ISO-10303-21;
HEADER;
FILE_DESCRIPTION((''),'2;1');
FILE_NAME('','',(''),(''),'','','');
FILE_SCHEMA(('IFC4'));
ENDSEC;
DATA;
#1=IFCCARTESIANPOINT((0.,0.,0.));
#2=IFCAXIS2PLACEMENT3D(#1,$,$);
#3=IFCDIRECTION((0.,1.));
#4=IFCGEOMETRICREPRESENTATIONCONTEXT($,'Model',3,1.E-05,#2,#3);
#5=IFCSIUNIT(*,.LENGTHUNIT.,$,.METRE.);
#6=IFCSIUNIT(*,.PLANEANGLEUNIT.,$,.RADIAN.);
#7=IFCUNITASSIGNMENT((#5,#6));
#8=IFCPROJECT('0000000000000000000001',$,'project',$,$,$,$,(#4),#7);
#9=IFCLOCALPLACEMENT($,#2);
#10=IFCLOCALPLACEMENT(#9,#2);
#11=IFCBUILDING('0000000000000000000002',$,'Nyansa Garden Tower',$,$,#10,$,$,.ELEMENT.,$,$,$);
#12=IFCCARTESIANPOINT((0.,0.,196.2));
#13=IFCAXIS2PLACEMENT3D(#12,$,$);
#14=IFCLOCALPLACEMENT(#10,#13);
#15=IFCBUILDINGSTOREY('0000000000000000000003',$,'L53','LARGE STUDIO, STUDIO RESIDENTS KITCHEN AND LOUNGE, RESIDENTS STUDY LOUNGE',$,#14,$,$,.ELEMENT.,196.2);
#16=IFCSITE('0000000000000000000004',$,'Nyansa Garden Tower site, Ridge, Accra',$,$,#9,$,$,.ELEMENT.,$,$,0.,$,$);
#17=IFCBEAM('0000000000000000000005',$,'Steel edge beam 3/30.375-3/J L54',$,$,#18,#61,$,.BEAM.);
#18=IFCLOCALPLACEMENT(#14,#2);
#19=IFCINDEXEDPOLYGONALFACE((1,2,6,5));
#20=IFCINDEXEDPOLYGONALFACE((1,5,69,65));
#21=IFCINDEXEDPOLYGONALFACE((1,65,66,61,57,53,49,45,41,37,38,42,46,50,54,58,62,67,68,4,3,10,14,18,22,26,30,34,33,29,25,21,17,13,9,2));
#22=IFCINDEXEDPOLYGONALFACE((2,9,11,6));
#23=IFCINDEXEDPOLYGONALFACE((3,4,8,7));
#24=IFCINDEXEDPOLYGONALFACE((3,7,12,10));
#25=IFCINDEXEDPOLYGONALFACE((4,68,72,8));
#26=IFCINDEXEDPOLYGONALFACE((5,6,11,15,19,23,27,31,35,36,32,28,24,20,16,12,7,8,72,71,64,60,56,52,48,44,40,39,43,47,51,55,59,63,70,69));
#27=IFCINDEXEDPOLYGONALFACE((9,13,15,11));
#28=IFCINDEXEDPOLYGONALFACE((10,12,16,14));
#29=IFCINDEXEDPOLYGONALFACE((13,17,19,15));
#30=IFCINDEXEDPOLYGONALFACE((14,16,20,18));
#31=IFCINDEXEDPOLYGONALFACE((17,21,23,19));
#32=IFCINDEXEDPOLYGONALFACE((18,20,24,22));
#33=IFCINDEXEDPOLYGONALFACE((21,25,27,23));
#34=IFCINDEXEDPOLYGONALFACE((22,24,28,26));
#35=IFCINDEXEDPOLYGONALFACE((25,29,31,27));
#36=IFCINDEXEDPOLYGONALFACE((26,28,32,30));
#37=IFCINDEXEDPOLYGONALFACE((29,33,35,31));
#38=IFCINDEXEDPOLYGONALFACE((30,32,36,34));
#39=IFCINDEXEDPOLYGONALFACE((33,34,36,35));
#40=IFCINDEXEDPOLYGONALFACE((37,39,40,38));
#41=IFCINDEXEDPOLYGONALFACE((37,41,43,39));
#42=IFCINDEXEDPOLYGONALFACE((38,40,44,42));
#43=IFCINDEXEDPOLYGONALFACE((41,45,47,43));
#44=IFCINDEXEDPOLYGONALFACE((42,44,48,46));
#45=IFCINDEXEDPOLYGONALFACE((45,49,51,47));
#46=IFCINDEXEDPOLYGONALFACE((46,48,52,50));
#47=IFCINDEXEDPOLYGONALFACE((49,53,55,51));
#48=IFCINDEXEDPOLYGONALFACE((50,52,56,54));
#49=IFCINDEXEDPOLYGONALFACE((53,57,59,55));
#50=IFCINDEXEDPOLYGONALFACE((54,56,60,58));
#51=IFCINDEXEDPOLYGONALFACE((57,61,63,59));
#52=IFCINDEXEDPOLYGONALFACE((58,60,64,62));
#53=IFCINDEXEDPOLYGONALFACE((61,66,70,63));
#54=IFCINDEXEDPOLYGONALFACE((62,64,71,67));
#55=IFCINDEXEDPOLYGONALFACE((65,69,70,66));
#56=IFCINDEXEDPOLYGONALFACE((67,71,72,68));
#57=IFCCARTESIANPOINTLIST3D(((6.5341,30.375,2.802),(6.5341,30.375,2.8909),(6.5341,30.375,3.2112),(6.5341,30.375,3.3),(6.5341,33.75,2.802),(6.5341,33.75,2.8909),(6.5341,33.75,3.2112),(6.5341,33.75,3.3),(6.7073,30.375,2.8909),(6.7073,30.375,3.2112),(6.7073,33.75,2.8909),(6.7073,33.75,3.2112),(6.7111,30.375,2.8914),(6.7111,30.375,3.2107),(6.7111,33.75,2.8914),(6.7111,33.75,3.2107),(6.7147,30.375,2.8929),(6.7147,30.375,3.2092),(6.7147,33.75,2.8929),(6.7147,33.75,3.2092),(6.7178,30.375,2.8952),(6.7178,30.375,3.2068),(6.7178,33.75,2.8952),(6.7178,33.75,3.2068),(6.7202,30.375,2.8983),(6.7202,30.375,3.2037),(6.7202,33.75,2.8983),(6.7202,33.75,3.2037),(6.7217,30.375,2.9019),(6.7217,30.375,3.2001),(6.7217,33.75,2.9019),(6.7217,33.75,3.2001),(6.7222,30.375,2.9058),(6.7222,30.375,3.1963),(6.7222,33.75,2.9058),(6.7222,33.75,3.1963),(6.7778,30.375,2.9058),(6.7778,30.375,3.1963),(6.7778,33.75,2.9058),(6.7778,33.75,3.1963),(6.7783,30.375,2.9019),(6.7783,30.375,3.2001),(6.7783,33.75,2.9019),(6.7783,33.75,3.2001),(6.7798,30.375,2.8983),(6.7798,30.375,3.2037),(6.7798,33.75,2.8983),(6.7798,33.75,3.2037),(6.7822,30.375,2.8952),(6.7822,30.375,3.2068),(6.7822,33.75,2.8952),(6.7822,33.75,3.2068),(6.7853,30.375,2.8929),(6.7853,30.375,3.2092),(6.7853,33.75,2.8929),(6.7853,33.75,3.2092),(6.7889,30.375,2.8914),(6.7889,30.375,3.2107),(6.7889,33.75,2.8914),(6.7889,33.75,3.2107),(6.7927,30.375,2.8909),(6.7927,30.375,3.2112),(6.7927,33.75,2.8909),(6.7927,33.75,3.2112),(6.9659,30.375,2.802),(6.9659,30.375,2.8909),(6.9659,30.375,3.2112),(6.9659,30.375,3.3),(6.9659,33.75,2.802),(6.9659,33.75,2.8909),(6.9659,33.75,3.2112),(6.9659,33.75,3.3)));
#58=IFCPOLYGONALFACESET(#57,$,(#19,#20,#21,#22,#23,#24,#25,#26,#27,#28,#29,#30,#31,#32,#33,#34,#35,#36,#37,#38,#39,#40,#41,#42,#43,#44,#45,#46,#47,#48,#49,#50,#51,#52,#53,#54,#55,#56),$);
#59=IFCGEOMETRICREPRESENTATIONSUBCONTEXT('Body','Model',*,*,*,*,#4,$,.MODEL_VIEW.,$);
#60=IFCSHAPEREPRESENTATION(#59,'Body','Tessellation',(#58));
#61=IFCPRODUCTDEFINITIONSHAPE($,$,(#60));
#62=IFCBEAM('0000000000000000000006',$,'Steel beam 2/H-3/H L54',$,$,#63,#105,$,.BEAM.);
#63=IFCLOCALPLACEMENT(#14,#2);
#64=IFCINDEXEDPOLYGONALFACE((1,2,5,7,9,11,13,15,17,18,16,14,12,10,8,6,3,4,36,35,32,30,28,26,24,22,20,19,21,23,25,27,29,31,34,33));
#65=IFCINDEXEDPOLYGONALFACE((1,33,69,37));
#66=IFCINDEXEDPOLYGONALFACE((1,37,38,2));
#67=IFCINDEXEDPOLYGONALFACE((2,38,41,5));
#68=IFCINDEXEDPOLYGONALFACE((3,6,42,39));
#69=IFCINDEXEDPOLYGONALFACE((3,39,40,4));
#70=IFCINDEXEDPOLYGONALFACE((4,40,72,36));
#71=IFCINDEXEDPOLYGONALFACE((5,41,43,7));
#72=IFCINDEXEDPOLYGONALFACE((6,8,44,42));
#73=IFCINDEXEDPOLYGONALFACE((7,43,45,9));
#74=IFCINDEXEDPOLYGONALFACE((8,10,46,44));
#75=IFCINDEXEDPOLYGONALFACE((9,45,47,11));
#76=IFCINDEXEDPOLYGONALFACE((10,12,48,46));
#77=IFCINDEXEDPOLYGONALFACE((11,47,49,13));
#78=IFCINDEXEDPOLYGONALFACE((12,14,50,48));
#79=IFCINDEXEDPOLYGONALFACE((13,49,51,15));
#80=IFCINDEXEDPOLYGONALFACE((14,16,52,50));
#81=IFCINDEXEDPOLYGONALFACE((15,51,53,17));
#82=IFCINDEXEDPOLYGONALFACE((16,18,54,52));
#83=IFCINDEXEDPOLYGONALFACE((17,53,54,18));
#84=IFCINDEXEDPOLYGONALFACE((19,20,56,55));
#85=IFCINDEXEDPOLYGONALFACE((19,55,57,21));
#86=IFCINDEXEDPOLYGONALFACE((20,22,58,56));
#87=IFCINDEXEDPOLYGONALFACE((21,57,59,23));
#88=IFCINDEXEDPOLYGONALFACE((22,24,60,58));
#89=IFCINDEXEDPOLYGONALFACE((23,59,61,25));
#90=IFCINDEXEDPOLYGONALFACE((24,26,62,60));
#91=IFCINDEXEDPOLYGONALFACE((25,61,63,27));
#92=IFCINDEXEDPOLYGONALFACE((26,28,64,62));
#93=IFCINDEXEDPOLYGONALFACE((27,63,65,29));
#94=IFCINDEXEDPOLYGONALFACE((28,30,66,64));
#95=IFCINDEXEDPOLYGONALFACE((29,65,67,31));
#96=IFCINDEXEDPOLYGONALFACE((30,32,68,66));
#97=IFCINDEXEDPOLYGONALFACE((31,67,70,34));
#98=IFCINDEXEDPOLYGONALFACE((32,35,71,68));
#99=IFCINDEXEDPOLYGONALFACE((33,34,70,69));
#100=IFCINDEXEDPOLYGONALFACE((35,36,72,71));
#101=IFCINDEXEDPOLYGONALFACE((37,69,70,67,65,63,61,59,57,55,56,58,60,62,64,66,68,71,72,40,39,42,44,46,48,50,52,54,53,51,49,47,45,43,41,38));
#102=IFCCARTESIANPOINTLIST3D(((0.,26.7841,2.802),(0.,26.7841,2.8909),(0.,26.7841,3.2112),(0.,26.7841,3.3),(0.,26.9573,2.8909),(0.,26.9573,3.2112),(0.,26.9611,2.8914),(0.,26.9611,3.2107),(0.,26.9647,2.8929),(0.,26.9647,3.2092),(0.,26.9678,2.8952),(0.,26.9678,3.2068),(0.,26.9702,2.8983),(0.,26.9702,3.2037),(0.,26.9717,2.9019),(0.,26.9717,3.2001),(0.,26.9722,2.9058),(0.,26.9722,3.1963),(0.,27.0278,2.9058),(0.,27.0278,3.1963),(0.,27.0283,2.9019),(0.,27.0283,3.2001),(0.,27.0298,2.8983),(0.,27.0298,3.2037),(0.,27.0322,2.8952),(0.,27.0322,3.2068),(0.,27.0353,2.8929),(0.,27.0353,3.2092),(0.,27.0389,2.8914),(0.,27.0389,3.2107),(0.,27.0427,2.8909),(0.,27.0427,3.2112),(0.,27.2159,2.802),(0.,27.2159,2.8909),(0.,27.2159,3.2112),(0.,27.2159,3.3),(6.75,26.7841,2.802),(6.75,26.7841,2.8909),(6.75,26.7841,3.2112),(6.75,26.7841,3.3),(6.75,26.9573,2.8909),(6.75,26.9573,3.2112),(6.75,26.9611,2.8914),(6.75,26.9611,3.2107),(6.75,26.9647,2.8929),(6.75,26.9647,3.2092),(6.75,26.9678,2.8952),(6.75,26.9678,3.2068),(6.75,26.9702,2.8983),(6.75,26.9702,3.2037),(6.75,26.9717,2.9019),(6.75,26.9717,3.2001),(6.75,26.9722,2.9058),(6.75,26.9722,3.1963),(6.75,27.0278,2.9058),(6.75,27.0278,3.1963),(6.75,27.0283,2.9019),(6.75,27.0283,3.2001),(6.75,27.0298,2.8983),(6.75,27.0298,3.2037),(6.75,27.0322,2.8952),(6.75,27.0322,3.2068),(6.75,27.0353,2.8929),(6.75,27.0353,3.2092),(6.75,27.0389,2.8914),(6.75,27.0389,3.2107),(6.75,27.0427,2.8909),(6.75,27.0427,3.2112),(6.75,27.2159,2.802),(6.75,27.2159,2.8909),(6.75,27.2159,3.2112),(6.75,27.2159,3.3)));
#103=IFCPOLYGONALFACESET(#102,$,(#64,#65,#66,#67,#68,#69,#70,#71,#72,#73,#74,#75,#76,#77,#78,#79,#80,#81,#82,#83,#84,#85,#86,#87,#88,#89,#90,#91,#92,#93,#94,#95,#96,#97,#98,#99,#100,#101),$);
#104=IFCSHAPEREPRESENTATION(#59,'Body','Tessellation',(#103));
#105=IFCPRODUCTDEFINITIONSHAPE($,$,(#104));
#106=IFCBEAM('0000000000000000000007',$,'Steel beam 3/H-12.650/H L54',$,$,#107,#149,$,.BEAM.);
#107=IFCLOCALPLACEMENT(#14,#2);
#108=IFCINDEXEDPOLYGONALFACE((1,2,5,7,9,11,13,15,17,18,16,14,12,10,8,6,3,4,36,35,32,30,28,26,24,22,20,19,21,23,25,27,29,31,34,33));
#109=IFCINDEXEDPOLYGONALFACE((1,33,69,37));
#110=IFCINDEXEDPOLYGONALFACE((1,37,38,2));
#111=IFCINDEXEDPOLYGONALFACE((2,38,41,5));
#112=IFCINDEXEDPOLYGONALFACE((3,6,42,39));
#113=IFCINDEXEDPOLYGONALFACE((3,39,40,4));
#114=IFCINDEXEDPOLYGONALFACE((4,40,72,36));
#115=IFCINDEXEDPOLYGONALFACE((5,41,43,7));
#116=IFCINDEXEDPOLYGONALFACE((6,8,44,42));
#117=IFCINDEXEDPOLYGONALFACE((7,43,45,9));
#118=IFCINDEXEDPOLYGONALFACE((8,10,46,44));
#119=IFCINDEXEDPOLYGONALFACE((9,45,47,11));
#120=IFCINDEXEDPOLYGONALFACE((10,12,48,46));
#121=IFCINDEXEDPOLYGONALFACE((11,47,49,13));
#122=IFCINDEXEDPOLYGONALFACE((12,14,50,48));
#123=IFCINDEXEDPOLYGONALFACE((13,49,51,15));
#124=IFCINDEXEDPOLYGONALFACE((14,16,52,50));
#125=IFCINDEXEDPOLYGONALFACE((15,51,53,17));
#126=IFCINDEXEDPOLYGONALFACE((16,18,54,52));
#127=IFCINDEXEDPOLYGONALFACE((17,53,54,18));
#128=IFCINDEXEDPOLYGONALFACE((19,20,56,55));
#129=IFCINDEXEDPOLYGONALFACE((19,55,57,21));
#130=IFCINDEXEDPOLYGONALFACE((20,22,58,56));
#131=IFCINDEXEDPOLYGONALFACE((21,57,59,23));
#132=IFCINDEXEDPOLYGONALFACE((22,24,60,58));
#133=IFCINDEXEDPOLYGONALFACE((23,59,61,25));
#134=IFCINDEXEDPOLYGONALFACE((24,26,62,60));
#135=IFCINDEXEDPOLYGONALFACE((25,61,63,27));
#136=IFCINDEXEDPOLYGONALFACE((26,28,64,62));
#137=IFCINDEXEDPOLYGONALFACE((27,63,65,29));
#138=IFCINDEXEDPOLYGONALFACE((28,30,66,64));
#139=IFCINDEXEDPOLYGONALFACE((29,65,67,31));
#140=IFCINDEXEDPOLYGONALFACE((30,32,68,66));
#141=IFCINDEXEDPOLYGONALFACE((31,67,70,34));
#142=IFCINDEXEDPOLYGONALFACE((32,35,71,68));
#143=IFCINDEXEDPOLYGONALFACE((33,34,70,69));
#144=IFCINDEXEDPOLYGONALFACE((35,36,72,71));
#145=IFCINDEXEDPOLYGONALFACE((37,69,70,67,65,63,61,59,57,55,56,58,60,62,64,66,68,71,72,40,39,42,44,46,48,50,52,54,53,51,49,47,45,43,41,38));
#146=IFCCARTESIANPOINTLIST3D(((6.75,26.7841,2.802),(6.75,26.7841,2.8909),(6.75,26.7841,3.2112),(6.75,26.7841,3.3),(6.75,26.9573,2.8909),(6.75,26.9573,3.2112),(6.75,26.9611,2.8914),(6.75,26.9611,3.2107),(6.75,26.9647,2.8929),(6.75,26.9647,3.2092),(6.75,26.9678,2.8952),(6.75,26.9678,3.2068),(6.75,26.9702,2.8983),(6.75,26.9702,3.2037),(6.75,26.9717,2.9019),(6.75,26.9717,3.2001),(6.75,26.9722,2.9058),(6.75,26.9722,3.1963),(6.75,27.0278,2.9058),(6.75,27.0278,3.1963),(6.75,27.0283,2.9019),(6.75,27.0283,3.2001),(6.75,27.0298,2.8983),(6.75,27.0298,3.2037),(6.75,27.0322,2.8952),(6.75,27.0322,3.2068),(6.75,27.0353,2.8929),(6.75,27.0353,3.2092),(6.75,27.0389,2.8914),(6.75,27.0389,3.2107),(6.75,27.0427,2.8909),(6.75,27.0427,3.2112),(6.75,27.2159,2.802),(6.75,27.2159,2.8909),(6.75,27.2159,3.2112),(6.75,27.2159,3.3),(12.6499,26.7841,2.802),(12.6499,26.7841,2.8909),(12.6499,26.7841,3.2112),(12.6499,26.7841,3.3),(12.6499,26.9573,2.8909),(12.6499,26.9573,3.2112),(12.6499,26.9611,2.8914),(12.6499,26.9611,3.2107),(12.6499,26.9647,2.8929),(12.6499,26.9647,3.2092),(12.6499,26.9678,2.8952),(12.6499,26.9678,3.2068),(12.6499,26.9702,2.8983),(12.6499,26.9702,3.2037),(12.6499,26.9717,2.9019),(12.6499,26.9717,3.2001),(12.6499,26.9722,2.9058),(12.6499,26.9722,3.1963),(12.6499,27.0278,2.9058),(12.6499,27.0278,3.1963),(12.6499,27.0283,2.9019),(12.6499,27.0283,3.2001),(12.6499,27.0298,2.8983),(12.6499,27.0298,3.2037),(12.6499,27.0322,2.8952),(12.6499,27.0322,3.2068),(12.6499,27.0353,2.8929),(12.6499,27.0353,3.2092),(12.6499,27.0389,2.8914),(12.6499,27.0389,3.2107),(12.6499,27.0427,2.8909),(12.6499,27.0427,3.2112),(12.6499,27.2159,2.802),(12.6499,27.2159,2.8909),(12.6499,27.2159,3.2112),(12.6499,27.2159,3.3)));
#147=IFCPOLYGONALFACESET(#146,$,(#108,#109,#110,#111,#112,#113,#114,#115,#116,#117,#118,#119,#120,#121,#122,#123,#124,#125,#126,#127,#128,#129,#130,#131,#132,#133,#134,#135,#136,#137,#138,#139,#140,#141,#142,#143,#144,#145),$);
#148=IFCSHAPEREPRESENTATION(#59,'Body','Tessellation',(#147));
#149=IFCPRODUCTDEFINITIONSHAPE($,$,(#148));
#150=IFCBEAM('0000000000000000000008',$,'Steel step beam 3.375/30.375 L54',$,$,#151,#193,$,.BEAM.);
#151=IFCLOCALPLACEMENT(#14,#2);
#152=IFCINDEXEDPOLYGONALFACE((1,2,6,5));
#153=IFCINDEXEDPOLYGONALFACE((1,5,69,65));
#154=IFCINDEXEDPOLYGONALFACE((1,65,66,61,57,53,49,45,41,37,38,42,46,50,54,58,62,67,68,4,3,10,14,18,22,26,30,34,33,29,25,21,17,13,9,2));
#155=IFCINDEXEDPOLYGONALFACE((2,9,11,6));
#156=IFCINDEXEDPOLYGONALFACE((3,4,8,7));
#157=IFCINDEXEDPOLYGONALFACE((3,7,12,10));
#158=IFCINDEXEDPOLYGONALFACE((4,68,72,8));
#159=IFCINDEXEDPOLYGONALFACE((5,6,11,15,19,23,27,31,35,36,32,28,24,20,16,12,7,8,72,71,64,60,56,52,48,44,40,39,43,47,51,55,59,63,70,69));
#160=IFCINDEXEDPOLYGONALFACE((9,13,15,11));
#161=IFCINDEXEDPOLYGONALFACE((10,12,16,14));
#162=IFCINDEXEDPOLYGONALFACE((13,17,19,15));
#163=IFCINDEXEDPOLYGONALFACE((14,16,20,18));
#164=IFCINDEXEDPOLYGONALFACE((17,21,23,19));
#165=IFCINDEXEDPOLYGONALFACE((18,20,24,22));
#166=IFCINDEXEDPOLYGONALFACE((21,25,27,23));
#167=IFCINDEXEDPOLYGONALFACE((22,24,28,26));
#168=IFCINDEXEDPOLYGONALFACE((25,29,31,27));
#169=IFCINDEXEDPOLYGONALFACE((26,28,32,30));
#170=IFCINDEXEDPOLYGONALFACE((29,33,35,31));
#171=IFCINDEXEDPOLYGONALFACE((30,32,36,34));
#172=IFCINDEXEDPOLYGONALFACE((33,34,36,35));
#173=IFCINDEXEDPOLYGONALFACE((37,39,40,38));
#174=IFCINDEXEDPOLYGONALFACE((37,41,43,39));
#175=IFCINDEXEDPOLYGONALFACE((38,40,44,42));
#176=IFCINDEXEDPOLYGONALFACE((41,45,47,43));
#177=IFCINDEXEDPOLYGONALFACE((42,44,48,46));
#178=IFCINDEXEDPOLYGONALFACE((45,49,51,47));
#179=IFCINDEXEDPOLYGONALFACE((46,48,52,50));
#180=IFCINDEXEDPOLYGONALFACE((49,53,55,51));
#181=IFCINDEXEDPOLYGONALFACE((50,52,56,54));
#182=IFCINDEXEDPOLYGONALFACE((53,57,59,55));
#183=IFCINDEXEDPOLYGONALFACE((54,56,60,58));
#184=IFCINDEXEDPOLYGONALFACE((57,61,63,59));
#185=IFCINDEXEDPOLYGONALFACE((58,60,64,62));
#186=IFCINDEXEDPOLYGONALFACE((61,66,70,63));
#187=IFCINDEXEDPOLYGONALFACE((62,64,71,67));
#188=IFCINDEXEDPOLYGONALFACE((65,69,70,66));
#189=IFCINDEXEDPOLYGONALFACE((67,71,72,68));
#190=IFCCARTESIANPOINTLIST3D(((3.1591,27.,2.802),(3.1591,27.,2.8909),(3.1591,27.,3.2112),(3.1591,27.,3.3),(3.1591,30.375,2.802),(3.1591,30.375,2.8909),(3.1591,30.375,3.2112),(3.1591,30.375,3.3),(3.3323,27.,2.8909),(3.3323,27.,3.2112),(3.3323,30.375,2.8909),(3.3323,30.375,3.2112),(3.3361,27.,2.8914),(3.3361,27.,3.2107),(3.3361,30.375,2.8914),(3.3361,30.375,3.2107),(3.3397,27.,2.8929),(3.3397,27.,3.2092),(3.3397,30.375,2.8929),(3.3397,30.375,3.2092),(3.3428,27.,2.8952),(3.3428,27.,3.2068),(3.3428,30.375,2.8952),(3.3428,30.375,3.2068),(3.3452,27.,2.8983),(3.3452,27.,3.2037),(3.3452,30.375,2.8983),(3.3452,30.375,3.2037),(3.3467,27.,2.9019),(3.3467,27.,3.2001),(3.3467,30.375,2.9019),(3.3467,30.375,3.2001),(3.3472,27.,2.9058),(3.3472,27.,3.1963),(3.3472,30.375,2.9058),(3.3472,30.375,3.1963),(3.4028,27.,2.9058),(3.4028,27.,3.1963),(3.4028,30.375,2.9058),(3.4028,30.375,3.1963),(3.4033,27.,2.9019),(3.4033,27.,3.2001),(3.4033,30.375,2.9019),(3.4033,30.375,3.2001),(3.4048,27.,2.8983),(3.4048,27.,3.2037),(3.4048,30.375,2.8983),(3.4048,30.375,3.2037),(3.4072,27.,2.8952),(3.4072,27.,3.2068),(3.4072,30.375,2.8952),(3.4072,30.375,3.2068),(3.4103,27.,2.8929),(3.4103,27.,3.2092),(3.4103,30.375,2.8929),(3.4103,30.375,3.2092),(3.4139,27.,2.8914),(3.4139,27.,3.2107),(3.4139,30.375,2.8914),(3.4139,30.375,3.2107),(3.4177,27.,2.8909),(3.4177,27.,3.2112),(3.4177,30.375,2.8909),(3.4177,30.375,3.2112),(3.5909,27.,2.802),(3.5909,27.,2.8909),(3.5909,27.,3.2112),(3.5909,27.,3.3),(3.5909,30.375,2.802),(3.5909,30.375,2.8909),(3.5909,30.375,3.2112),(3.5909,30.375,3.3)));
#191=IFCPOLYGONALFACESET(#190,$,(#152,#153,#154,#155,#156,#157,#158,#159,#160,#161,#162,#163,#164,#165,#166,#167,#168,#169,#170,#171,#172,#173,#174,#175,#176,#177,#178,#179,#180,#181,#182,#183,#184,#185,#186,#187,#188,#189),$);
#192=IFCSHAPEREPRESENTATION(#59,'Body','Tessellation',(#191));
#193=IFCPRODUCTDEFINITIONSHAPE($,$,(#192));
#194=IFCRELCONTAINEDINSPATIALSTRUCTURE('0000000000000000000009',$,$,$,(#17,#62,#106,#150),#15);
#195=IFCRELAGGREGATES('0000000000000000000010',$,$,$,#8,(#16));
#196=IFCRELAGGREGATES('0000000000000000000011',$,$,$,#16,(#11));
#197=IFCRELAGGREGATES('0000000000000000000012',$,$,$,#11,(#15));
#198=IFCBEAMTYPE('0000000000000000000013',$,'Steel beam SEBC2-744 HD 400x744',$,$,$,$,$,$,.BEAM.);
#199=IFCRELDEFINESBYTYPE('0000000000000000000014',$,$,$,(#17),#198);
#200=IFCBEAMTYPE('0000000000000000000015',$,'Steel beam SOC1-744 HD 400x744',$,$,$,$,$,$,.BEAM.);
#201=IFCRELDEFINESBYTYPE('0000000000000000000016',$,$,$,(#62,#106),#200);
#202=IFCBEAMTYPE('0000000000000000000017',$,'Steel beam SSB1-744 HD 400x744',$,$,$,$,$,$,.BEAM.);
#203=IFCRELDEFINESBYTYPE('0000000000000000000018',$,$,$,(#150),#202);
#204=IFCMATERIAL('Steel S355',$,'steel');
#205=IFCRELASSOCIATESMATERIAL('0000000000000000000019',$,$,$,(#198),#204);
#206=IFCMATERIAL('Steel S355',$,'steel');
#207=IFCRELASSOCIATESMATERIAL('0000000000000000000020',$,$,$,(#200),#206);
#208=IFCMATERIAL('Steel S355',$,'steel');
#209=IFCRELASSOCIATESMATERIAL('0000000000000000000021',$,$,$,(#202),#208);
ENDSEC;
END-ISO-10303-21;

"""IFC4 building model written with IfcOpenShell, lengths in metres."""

from ifc_helpers import new_model, si_unit, direction, frame, origin, origin_2d, place, context, subcontext, project, spatial, i_section, extrude, material, material_profile, profile_set, type_object, element, save


model = new_model("IFC4")

# Units and contexts
model_context = context("Model", 3, precision=1e-05, world=origin(), true_north=direction((0.0, 1.0)))
body_context = subcontext(model_context, "Body", "Model", "MODEL_VIEW")
ifc_project = project(units=[si_unit("LENGTHUNIT", "METRE"), si_unit("PLANEANGLEUNIT", "RADIAN")], contexts=[model_context])

# Site, building, storey
site_placement = place(None, origin())
site = spatial("IfcSite", under=ifc_project, at=site_placement, Name="Nyansa Garden Tower site, Ridge, Accra", CompositionType="ELEMENT", RefElevation=0.0)
building_placement = place(site_placement, origin())
building = spatial("IfcBuilding", under=site, at=building_placement, Name="Nyansa Garden Tower", CompositionType="ELEMENT")
storey_placement = place(building_placement, frame((0.0, 0.0, 196.2)))
storey = spatial("IfcBuildingStorey", under=building, at=storey_placement, Name="L53", Description="LARGE STUDIO, STUDIO RESIDENTS KITCHEN AND LOUNGE, RESIDENTS STUDY LOUNGE", CompositionType="ELEMENT", Elevation=196.2)

# Beams
ifc_material_1 = material(Name="Steel S355", Category="steel")
ifc_material_profile_1 = material_profile(ifc_material_1, i_section(OverallWidth=0.4319, OverallDepth=0.498, WebThickness=0.0557, FlangeThickness=0.0889, FilletRadius=0.0149, at=origin_2d()), Name="HD 400x744")
ifc_profile_set_1 = profile_set([ifc_material_profile_1], Name="Steel S355")
beam_type_1 = type_object("IfcBeamType", Name="Steel beam SEBC2-744 HD 400x744", PredefinedType="BEAM", material=ifc_profile_set_1)
beam_1_placement = place(storey_placement, frame((6.75, 30.375, 3.051), z_axis=(0.0, 1.0, 0.0), x_axis=(-1.0, 0.0, 0.0)))
element("IfcBeam", 1, at=beam_1_placement, inside=storey, type_object=beam_type_1, Name="Steel edge beam 3/30.375-3/J L54", PredefinedType="BEAM", context=body_context, shape_type="SweptSolid", body=[
    extrude(i_section(OverallWidth=0.4319, OverallDepth=0.498, WebThickness=0.0557, FlangeThickness=0.0889, FilletRadius=0.0149, at=origin_2d()), origin(), (0.0, 0.0, 1.0), 3.375),
])
ifc_material_2 = material(Name="Steel S355", Category="steel")
ifc_material_profile_2 = material_profile(ifc_material_2, i_section(OverallWidth=0.4319, OverallDepth=0.498, WebThickness=0.0557, FlangeThickness=0.0889, FilletRadius=0.0149, at=origin_2d()), Name="HD 400x744")
ifc_profile_set_2 = profile_set([ifc_material_profile_2], Name="Steel S355")
beam_type_2 = type_object("IfcBeamType", Name="Steel beam SOC1-744 HD 400x744", PredefinedType="BEAM", material=ifc_profile_set_2)
beam_2_placement = place(storey_placement, frame((0.0, 27.0, 3.051), z_axis=(1.0, 0.0, 0.0), x_axis=(0.0, 1.0, 0.0)))
element("IfcBeam", 2, at=beam_2_placement, inside=storey, type_object=beam_type_2, Name="Steel beam 2/H-3/H L54", PredefinedType="BEAM", context=body_context, shape_type="SweptSolid", body=[
    extrude(i_section(OverallWidth=0.4319, OverallDepth=0.498, WebThickness=0.0557, FlangeThickness=0.0889, FilletRadius=0.0149, at=origin_2d()), origin(), (0.0, 0.0, 1.0), 6.75),
])
beam_3_placement = place(storey_placement, frame((6.75, 27.0, 3.051), z_axis=(1.0, 0.0, 0.0), x_axis=(0.0, 1.0, 0.0)))
element("IfcBeam", 3, at=beam_3_placement, inside=storey, type_object=beam_type_2, Name="Steel beam 3/H-12.650/H L54", PredefinedType="BEAM", context=body_context, shape_type="SweptSolid", body=[
    extrude(i_section(OverallWidth=0.4319, OverallDepth=0.498, WebThickness=0.0557, FlangeThickness=0.0889, FilletRadius=0.0149, at=origin_2d()), origin(), (0.0, 0.0, 1.0), 5.8999),
])
ifc_material_3 = material(Name="Steel S355", Category="steel")
ifc_material_profile_3 = material_profile(ifc_material_3, i_section(OverallWidth=0.4319, OverallDepth=0.498, WebThickness=0.0557, FlangeThickness=0.0889, FilletRadius=0.0149, at=origin_2d()), Name="HD 400x744")
ifc_profile_set_3 = profile_set([ifc_material_profile_3], Name="Steel S355")
beam_type_3 = type_object("IfcBeamType", Name="Steel beam SSB1-744 HD 400x744", PredefinedType="BEAM", material=ifc_profile_set_3)
for number, where, z_axis, x_axis, name in (
    (4, (3.375, 30.375, 3.051), (0.0, -1.0, 0.0), (1.0, 0.0, 0.0), "Steel step beam 3.375/30.375 L54"),
):
    element("IfcBeam", number, at=place(storey_placement, frame(where, z_axis=z_axis, x_axis=x_axis)), inside=storey, type_object=beam_type_3, Name=name, PredefinedType="BEAM", context=body_context, shape_type="SweptSolid", body=[
        extrude(i_section(OverallWidth=0.4319, OverallDepth=0.498, WebThickness=0.0557, FlangeThickness=0.0889, FilletRadius=0.0149, at=origin_2d()), origin(), (0.0, 0.0, 1.0), 3.375),
    ])

save(model, "model.ifc")
